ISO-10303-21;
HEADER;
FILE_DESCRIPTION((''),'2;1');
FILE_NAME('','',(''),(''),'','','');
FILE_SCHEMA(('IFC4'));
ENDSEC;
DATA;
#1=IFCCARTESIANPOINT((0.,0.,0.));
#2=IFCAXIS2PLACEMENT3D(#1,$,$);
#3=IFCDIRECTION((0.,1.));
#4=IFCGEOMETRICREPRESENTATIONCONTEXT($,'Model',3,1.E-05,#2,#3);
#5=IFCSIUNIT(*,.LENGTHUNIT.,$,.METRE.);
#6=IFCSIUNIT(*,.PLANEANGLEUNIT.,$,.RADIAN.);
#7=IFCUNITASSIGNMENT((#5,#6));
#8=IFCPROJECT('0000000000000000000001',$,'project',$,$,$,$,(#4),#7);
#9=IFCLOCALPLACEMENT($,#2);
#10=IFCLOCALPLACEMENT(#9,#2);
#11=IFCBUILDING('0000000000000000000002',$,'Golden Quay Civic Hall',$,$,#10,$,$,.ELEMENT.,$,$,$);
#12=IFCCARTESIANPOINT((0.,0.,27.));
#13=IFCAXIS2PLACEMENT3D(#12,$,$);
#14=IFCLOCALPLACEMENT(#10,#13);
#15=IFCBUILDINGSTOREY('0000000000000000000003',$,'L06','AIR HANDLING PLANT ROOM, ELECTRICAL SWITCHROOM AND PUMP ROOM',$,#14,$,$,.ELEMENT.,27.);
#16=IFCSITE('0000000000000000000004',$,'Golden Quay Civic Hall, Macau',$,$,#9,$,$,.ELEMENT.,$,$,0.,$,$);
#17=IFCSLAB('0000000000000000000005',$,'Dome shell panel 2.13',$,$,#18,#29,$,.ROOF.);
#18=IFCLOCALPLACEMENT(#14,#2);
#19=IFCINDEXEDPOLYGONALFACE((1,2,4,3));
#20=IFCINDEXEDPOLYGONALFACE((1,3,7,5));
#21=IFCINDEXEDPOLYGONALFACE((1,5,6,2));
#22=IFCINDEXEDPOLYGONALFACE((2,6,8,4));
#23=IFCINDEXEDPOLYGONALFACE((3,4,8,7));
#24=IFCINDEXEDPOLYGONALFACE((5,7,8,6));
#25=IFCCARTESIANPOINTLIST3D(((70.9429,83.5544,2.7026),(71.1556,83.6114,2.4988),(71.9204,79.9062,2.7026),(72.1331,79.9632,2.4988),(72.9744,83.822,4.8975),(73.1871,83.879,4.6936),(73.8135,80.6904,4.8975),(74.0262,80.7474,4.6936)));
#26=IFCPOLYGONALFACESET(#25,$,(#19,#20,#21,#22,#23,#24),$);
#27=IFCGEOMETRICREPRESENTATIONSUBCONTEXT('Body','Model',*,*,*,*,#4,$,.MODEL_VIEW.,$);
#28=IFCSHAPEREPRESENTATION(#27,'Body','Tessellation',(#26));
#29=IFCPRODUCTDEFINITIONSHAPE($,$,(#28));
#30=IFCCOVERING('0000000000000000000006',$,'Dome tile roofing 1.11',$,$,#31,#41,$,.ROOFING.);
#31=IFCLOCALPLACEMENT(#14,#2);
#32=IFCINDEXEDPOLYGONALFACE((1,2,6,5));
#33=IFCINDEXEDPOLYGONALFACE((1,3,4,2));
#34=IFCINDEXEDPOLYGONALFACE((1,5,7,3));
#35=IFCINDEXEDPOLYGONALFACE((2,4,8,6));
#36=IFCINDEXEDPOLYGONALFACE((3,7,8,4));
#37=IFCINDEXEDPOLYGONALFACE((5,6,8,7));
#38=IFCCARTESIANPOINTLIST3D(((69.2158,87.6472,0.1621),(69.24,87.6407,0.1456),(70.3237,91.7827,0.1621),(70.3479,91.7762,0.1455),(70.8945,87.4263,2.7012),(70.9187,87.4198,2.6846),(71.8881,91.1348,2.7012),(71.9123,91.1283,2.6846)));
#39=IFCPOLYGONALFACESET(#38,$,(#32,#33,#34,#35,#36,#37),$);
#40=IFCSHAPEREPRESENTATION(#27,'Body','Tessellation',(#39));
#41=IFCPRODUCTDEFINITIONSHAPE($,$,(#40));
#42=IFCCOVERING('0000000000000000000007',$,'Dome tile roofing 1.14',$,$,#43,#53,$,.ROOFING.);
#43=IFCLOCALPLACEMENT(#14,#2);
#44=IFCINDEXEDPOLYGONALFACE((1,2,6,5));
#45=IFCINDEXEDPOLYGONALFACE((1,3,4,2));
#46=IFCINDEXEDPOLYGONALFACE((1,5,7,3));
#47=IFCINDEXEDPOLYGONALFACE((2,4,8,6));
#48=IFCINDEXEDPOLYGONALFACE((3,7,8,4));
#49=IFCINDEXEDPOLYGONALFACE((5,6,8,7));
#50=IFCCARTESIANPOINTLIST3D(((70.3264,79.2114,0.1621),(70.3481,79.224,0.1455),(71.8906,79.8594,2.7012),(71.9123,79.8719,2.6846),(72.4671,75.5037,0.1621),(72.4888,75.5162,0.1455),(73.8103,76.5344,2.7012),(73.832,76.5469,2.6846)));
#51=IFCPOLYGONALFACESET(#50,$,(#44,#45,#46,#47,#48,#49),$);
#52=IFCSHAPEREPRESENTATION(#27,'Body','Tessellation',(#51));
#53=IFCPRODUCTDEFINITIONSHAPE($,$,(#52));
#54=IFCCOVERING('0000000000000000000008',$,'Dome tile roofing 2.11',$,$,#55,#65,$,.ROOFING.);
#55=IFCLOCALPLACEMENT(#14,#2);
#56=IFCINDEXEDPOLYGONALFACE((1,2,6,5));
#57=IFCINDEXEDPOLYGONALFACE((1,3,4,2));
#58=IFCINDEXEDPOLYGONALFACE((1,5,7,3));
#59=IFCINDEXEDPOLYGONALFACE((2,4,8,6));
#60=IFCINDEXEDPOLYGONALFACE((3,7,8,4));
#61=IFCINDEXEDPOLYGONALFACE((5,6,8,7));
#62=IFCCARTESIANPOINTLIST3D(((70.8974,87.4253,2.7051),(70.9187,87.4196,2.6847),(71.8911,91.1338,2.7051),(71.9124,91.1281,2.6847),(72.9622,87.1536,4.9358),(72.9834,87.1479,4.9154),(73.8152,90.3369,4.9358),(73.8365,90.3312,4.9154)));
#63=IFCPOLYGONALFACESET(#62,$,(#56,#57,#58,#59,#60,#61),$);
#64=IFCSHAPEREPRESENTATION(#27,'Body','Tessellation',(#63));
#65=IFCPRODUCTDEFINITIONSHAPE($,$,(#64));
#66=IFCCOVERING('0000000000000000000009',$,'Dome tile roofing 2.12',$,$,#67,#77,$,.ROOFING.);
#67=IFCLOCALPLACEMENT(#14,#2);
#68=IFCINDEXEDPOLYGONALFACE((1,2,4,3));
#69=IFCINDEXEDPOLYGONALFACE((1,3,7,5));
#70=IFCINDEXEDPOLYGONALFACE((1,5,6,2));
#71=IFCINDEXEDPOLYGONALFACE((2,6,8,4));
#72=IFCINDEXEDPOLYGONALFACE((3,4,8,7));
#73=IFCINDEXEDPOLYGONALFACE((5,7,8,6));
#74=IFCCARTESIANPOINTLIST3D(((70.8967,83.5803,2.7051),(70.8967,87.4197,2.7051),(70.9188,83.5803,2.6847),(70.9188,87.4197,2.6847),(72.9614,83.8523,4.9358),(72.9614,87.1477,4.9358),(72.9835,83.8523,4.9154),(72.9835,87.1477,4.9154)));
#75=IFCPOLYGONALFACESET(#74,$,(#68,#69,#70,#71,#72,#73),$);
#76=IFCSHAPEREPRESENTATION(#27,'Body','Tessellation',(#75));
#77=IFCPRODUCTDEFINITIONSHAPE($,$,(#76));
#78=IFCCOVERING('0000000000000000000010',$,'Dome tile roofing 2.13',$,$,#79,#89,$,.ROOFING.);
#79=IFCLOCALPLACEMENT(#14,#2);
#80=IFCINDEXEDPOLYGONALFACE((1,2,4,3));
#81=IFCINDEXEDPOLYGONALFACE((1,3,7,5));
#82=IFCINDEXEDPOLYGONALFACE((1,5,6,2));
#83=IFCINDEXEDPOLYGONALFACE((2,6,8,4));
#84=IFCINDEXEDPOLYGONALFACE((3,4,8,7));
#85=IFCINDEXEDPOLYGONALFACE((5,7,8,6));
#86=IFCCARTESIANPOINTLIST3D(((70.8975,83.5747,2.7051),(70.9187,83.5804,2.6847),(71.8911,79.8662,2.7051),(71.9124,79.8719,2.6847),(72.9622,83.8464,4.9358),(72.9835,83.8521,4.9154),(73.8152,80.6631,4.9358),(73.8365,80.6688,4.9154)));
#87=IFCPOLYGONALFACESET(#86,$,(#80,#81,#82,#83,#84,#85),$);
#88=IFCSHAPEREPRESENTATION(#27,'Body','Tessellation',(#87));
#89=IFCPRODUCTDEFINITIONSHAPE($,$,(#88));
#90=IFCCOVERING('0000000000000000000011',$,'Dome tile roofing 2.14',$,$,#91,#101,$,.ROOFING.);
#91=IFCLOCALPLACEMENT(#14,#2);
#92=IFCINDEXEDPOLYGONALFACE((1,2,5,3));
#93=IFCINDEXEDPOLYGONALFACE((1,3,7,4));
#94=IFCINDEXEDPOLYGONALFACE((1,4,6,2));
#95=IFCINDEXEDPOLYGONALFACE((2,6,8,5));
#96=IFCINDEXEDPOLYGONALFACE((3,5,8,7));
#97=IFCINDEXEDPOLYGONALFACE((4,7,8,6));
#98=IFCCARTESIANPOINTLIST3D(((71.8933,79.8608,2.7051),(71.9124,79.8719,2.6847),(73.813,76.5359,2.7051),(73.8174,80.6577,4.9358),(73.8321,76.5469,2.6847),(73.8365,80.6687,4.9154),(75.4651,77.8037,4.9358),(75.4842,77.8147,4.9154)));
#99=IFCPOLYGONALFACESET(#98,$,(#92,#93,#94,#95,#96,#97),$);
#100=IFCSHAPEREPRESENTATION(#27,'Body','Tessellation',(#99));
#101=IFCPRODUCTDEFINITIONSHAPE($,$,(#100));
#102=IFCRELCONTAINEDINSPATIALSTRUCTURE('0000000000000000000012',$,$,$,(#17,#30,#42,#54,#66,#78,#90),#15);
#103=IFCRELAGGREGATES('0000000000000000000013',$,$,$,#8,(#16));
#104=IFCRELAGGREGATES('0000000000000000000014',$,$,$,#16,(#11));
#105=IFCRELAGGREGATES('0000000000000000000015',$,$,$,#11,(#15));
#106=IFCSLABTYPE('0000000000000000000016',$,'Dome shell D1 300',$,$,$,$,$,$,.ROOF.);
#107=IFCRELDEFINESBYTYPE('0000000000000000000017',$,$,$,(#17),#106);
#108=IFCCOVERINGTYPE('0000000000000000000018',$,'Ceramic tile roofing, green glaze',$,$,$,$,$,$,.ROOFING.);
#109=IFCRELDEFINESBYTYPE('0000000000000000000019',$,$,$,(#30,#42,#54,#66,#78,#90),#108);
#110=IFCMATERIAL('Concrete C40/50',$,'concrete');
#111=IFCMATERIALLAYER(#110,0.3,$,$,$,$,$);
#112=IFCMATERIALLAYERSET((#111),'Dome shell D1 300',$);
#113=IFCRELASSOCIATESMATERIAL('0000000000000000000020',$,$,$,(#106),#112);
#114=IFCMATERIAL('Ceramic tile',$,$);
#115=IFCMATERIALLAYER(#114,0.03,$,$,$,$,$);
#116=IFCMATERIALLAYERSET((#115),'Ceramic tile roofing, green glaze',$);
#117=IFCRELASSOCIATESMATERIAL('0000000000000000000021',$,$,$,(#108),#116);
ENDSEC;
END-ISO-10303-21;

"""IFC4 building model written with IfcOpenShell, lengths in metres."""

from ifc_helpers import new_model, si_unit, direction, frame, origin, place, context, subcontext, project, spatial, polyline, outline, extrude, material, layer, layer_set, type_object, element, save


model = new_model("IFC4")

# Units and contexts
model_context = context("Model", 3, precision=1e-05, world=origin(), true_north=direction((0.0, 1.0)))
body_context = subcontext(model_context, "Body", "Model", "MODEL_VIEW")
ifc_project = project(units=[si_unit("LENGTHUNIT", "METRE"), si_unit("PLANEANGLEUNIT", "RADIAN")], contexts=[model_context])

# Site, building, storey
site_placement = place(None, origin())
site = spatial("IfcSite", under=ifc_project, at=site_placement, Name="Golden Quay Civic Hall, Macau", CompositionType="ELEMENT", RefElevation=0.0)
building_placement = place(site_placement, origin())
building = spatial("IfcBuilding", under=site, at=building_placement, Name="Golden Quay Civic Hall", CompositionType="ELEMENT")
storey_placement = place(building_placement, frame((0.0, 0.0, 27.0)))
storey = spatial("IfcBuildingStorey", under=building, at=storey_placement, Name="L06", Description="AIR HANDLING PLANT ROOM, ELECTRICAL SWITCHROOM AND PUMP ROOM", CompositionType="ELEMENT", Elevation=27.0)

# Slab
ifc_material_1 = material(Name="Concrete C40/50", Category="concrete")
ifc_layer_1 = layer(ifc_material_1, 0.3)
ifc_layer_set_1 = layer_set([ifc_layer_1], Name="Dome shell D1 300")
slab_type = type_object("IfcSlabType", Name="Dome shell D1 300", PredefinedType="ROOF", material=ifc_layer_set_1)
slab_1_placement = place(storey_placement, frame((70.9429, 83.5544, 2.7026), z_axis=(-0.708874, -0.189944, 0.679278), x_axis=(0.258821, -0.965925, 0.0)))
element("IfcSlab", 1, at=slab_1_placement, inside=storey, type_object=slab_type, Name="Dome shell panel 2.13", PredefinedType="ROOF", context=body_context, shape_type="SweptSolid", body=[
    extrude(outline(polyline([(0.0, 0.0), (3.7769, 0.0), (3.5094, 2.9907), (0.2673, 2.9907), (0.0, 0.0)])), origin(), (0.0, 0.0, -1.0), 0.3),
])

# Coverings
ifc_material_2 = material(Name="Ceramic tile")
ifc_layer_2 = layer(ifc_material_2, 0.03)
ifc_layer_set_2 = layer_set([ifc_layer_2], Name="Ceramic tile roofing, green glaze")
covering_type = type_object("IfcCoveringType", Name="Ceramic tile roofing, green glaze", PredefinedType="ROOFING", material=ifc_layer_set_2)
covering_1_placement = place(storey_placement, frame((70.3237, 91.7827, 0.1621), z_axis=(-0.80574, 0.215874, 0.551526), x_axis=(-0.258788, -0.965934, 0.000008)))
element("IfcCovering", 2, at=covering_1_placement, inside=storey, type_object=covering_type, Name="Dome tile roofing 1.11", PredefinedType="ROOFING", context=body_context, shape_type="SweptSolid", body=[
    extrude(outline(polyline([(0.0, 0.0), (4.2813, 0.0), (4.0603, 3.0438), (0.221, 3.0439), (0.0, 0.0)])), origin(), (0.0, 0.0, -1.0), 0.03),
])
covering_2_placement = place(storey_placement, frame((70.3264, 79.2114, 0.1621), z_axis=(-0.722419, -0.417085, 0.551498), x_axis=(0.499995, -0.866028, -0.000003)))
element("IfcCovering", 3, at=covering_2_placement, inside=storey, type_object=covering_type, Name="Dome tile roofing 1.14", PredefinedType="ROOFING", context=body_context, shape_type="SweptSolid", body=[
    extrude(outline(polyline([(0.0, 0.0), (4.2813, 0.0), (4.0603, 3.0438), (0.2209, 3.0438), (0.0, 0.0)])), origin(), (0.0, 0.0, -1.0), 0.03),
])
covering_3_placement = place(storey_placement, frame((71.8911, 91.1338, 2.7051), z_axis=(-0.708878, 0.189945, 0.679273), x_axis=(-0.258816, -0.965927, 0.000006)))
element("IfcCovering", 4, at=covering_3_placement, inside=storey, type_object=covering_type, Name="Dome tile roofing 2.11", PredefinedType="ROOFING", context=body_context, shape_type="SweptSolid", body=[
    extrude(outline(polyline([(0.0, 0.0), (3.8393, 0.0), (3.5674, 3.0396), (0.2718, 3.0396), (0.0, 0.0)])), origin(), (0.0, 0.0, -1.0), 0.03),
])
covering_4_placement = place(storey_placement, frame((70.8967, 87.4197, 2.7051), z_axis=(-0.733888, 0.0, 0.67927), x_axis=(0.0, -1.0, 0.0)))
element("IfcCovering", 5, at=covering_4_placement, inside=storey, type_object=covering_type, Name="Dome tile roofing 2.12", PredefinedType="ROOFING", context=body_context, shape_type="SweptSolid", body=[
    extrude(outline(polyline([(0.0, 0.0), (3.8394, 0.0), (3.5674, 3.0396), (0.272, 3.0396), (0.0, 0.0)])), origin(), (0.0, 0.0, -1.0), 0.03),
])
covering_5_placement = place(storey_placement, frame((70.8975, 83.5747, 2.7051), z_axis=(-0.708878, -0.189945, 0.679273), x_axis=(0.258816, -0.965927, -0.000006)))
element("IfcCovering", 6, at=covering_5_placement, inside=storey, type_object=covering_type, Name="Dome tile roofing 2.13", PredefinedType="ROOFING", context=body_context, shape_type="SweptSolid", body=[
    extrude(outline(polyline([(0.0, 0.0), (3.8393, 0.0), (3.5676, 3.0396), (0.2719, 3.0396), (0.0, 0.0)])), origin(), (0.0, 0.0, -1.0), 0.03),
])
covering_6_placement = place(storey_placement, frame((71.8933, 79.8608, 2.7051), z_axis=(-0.635567, -0.366941, 0.679271), x_axis=(0.499999, -0.866026, 0.000004)))
element("IfcCovering", 7, at=covering_6_placement, inside=storey, type_object=covering_type, Name="Dome tile roofing 2.14", PredefinedType="ROOFING", context=body_context, shape_type="SweptSolid", body=[
    extrude(outline(polyline([(0.0, 0.0), (3.8393, 0.0), (3.5674, 3.0396), (0.2719, 3.0396), (0.0, 0.0)])), origin(), (0.0, 0.0, -1.0), 0.03),
])

save(model, "model.ifc")
